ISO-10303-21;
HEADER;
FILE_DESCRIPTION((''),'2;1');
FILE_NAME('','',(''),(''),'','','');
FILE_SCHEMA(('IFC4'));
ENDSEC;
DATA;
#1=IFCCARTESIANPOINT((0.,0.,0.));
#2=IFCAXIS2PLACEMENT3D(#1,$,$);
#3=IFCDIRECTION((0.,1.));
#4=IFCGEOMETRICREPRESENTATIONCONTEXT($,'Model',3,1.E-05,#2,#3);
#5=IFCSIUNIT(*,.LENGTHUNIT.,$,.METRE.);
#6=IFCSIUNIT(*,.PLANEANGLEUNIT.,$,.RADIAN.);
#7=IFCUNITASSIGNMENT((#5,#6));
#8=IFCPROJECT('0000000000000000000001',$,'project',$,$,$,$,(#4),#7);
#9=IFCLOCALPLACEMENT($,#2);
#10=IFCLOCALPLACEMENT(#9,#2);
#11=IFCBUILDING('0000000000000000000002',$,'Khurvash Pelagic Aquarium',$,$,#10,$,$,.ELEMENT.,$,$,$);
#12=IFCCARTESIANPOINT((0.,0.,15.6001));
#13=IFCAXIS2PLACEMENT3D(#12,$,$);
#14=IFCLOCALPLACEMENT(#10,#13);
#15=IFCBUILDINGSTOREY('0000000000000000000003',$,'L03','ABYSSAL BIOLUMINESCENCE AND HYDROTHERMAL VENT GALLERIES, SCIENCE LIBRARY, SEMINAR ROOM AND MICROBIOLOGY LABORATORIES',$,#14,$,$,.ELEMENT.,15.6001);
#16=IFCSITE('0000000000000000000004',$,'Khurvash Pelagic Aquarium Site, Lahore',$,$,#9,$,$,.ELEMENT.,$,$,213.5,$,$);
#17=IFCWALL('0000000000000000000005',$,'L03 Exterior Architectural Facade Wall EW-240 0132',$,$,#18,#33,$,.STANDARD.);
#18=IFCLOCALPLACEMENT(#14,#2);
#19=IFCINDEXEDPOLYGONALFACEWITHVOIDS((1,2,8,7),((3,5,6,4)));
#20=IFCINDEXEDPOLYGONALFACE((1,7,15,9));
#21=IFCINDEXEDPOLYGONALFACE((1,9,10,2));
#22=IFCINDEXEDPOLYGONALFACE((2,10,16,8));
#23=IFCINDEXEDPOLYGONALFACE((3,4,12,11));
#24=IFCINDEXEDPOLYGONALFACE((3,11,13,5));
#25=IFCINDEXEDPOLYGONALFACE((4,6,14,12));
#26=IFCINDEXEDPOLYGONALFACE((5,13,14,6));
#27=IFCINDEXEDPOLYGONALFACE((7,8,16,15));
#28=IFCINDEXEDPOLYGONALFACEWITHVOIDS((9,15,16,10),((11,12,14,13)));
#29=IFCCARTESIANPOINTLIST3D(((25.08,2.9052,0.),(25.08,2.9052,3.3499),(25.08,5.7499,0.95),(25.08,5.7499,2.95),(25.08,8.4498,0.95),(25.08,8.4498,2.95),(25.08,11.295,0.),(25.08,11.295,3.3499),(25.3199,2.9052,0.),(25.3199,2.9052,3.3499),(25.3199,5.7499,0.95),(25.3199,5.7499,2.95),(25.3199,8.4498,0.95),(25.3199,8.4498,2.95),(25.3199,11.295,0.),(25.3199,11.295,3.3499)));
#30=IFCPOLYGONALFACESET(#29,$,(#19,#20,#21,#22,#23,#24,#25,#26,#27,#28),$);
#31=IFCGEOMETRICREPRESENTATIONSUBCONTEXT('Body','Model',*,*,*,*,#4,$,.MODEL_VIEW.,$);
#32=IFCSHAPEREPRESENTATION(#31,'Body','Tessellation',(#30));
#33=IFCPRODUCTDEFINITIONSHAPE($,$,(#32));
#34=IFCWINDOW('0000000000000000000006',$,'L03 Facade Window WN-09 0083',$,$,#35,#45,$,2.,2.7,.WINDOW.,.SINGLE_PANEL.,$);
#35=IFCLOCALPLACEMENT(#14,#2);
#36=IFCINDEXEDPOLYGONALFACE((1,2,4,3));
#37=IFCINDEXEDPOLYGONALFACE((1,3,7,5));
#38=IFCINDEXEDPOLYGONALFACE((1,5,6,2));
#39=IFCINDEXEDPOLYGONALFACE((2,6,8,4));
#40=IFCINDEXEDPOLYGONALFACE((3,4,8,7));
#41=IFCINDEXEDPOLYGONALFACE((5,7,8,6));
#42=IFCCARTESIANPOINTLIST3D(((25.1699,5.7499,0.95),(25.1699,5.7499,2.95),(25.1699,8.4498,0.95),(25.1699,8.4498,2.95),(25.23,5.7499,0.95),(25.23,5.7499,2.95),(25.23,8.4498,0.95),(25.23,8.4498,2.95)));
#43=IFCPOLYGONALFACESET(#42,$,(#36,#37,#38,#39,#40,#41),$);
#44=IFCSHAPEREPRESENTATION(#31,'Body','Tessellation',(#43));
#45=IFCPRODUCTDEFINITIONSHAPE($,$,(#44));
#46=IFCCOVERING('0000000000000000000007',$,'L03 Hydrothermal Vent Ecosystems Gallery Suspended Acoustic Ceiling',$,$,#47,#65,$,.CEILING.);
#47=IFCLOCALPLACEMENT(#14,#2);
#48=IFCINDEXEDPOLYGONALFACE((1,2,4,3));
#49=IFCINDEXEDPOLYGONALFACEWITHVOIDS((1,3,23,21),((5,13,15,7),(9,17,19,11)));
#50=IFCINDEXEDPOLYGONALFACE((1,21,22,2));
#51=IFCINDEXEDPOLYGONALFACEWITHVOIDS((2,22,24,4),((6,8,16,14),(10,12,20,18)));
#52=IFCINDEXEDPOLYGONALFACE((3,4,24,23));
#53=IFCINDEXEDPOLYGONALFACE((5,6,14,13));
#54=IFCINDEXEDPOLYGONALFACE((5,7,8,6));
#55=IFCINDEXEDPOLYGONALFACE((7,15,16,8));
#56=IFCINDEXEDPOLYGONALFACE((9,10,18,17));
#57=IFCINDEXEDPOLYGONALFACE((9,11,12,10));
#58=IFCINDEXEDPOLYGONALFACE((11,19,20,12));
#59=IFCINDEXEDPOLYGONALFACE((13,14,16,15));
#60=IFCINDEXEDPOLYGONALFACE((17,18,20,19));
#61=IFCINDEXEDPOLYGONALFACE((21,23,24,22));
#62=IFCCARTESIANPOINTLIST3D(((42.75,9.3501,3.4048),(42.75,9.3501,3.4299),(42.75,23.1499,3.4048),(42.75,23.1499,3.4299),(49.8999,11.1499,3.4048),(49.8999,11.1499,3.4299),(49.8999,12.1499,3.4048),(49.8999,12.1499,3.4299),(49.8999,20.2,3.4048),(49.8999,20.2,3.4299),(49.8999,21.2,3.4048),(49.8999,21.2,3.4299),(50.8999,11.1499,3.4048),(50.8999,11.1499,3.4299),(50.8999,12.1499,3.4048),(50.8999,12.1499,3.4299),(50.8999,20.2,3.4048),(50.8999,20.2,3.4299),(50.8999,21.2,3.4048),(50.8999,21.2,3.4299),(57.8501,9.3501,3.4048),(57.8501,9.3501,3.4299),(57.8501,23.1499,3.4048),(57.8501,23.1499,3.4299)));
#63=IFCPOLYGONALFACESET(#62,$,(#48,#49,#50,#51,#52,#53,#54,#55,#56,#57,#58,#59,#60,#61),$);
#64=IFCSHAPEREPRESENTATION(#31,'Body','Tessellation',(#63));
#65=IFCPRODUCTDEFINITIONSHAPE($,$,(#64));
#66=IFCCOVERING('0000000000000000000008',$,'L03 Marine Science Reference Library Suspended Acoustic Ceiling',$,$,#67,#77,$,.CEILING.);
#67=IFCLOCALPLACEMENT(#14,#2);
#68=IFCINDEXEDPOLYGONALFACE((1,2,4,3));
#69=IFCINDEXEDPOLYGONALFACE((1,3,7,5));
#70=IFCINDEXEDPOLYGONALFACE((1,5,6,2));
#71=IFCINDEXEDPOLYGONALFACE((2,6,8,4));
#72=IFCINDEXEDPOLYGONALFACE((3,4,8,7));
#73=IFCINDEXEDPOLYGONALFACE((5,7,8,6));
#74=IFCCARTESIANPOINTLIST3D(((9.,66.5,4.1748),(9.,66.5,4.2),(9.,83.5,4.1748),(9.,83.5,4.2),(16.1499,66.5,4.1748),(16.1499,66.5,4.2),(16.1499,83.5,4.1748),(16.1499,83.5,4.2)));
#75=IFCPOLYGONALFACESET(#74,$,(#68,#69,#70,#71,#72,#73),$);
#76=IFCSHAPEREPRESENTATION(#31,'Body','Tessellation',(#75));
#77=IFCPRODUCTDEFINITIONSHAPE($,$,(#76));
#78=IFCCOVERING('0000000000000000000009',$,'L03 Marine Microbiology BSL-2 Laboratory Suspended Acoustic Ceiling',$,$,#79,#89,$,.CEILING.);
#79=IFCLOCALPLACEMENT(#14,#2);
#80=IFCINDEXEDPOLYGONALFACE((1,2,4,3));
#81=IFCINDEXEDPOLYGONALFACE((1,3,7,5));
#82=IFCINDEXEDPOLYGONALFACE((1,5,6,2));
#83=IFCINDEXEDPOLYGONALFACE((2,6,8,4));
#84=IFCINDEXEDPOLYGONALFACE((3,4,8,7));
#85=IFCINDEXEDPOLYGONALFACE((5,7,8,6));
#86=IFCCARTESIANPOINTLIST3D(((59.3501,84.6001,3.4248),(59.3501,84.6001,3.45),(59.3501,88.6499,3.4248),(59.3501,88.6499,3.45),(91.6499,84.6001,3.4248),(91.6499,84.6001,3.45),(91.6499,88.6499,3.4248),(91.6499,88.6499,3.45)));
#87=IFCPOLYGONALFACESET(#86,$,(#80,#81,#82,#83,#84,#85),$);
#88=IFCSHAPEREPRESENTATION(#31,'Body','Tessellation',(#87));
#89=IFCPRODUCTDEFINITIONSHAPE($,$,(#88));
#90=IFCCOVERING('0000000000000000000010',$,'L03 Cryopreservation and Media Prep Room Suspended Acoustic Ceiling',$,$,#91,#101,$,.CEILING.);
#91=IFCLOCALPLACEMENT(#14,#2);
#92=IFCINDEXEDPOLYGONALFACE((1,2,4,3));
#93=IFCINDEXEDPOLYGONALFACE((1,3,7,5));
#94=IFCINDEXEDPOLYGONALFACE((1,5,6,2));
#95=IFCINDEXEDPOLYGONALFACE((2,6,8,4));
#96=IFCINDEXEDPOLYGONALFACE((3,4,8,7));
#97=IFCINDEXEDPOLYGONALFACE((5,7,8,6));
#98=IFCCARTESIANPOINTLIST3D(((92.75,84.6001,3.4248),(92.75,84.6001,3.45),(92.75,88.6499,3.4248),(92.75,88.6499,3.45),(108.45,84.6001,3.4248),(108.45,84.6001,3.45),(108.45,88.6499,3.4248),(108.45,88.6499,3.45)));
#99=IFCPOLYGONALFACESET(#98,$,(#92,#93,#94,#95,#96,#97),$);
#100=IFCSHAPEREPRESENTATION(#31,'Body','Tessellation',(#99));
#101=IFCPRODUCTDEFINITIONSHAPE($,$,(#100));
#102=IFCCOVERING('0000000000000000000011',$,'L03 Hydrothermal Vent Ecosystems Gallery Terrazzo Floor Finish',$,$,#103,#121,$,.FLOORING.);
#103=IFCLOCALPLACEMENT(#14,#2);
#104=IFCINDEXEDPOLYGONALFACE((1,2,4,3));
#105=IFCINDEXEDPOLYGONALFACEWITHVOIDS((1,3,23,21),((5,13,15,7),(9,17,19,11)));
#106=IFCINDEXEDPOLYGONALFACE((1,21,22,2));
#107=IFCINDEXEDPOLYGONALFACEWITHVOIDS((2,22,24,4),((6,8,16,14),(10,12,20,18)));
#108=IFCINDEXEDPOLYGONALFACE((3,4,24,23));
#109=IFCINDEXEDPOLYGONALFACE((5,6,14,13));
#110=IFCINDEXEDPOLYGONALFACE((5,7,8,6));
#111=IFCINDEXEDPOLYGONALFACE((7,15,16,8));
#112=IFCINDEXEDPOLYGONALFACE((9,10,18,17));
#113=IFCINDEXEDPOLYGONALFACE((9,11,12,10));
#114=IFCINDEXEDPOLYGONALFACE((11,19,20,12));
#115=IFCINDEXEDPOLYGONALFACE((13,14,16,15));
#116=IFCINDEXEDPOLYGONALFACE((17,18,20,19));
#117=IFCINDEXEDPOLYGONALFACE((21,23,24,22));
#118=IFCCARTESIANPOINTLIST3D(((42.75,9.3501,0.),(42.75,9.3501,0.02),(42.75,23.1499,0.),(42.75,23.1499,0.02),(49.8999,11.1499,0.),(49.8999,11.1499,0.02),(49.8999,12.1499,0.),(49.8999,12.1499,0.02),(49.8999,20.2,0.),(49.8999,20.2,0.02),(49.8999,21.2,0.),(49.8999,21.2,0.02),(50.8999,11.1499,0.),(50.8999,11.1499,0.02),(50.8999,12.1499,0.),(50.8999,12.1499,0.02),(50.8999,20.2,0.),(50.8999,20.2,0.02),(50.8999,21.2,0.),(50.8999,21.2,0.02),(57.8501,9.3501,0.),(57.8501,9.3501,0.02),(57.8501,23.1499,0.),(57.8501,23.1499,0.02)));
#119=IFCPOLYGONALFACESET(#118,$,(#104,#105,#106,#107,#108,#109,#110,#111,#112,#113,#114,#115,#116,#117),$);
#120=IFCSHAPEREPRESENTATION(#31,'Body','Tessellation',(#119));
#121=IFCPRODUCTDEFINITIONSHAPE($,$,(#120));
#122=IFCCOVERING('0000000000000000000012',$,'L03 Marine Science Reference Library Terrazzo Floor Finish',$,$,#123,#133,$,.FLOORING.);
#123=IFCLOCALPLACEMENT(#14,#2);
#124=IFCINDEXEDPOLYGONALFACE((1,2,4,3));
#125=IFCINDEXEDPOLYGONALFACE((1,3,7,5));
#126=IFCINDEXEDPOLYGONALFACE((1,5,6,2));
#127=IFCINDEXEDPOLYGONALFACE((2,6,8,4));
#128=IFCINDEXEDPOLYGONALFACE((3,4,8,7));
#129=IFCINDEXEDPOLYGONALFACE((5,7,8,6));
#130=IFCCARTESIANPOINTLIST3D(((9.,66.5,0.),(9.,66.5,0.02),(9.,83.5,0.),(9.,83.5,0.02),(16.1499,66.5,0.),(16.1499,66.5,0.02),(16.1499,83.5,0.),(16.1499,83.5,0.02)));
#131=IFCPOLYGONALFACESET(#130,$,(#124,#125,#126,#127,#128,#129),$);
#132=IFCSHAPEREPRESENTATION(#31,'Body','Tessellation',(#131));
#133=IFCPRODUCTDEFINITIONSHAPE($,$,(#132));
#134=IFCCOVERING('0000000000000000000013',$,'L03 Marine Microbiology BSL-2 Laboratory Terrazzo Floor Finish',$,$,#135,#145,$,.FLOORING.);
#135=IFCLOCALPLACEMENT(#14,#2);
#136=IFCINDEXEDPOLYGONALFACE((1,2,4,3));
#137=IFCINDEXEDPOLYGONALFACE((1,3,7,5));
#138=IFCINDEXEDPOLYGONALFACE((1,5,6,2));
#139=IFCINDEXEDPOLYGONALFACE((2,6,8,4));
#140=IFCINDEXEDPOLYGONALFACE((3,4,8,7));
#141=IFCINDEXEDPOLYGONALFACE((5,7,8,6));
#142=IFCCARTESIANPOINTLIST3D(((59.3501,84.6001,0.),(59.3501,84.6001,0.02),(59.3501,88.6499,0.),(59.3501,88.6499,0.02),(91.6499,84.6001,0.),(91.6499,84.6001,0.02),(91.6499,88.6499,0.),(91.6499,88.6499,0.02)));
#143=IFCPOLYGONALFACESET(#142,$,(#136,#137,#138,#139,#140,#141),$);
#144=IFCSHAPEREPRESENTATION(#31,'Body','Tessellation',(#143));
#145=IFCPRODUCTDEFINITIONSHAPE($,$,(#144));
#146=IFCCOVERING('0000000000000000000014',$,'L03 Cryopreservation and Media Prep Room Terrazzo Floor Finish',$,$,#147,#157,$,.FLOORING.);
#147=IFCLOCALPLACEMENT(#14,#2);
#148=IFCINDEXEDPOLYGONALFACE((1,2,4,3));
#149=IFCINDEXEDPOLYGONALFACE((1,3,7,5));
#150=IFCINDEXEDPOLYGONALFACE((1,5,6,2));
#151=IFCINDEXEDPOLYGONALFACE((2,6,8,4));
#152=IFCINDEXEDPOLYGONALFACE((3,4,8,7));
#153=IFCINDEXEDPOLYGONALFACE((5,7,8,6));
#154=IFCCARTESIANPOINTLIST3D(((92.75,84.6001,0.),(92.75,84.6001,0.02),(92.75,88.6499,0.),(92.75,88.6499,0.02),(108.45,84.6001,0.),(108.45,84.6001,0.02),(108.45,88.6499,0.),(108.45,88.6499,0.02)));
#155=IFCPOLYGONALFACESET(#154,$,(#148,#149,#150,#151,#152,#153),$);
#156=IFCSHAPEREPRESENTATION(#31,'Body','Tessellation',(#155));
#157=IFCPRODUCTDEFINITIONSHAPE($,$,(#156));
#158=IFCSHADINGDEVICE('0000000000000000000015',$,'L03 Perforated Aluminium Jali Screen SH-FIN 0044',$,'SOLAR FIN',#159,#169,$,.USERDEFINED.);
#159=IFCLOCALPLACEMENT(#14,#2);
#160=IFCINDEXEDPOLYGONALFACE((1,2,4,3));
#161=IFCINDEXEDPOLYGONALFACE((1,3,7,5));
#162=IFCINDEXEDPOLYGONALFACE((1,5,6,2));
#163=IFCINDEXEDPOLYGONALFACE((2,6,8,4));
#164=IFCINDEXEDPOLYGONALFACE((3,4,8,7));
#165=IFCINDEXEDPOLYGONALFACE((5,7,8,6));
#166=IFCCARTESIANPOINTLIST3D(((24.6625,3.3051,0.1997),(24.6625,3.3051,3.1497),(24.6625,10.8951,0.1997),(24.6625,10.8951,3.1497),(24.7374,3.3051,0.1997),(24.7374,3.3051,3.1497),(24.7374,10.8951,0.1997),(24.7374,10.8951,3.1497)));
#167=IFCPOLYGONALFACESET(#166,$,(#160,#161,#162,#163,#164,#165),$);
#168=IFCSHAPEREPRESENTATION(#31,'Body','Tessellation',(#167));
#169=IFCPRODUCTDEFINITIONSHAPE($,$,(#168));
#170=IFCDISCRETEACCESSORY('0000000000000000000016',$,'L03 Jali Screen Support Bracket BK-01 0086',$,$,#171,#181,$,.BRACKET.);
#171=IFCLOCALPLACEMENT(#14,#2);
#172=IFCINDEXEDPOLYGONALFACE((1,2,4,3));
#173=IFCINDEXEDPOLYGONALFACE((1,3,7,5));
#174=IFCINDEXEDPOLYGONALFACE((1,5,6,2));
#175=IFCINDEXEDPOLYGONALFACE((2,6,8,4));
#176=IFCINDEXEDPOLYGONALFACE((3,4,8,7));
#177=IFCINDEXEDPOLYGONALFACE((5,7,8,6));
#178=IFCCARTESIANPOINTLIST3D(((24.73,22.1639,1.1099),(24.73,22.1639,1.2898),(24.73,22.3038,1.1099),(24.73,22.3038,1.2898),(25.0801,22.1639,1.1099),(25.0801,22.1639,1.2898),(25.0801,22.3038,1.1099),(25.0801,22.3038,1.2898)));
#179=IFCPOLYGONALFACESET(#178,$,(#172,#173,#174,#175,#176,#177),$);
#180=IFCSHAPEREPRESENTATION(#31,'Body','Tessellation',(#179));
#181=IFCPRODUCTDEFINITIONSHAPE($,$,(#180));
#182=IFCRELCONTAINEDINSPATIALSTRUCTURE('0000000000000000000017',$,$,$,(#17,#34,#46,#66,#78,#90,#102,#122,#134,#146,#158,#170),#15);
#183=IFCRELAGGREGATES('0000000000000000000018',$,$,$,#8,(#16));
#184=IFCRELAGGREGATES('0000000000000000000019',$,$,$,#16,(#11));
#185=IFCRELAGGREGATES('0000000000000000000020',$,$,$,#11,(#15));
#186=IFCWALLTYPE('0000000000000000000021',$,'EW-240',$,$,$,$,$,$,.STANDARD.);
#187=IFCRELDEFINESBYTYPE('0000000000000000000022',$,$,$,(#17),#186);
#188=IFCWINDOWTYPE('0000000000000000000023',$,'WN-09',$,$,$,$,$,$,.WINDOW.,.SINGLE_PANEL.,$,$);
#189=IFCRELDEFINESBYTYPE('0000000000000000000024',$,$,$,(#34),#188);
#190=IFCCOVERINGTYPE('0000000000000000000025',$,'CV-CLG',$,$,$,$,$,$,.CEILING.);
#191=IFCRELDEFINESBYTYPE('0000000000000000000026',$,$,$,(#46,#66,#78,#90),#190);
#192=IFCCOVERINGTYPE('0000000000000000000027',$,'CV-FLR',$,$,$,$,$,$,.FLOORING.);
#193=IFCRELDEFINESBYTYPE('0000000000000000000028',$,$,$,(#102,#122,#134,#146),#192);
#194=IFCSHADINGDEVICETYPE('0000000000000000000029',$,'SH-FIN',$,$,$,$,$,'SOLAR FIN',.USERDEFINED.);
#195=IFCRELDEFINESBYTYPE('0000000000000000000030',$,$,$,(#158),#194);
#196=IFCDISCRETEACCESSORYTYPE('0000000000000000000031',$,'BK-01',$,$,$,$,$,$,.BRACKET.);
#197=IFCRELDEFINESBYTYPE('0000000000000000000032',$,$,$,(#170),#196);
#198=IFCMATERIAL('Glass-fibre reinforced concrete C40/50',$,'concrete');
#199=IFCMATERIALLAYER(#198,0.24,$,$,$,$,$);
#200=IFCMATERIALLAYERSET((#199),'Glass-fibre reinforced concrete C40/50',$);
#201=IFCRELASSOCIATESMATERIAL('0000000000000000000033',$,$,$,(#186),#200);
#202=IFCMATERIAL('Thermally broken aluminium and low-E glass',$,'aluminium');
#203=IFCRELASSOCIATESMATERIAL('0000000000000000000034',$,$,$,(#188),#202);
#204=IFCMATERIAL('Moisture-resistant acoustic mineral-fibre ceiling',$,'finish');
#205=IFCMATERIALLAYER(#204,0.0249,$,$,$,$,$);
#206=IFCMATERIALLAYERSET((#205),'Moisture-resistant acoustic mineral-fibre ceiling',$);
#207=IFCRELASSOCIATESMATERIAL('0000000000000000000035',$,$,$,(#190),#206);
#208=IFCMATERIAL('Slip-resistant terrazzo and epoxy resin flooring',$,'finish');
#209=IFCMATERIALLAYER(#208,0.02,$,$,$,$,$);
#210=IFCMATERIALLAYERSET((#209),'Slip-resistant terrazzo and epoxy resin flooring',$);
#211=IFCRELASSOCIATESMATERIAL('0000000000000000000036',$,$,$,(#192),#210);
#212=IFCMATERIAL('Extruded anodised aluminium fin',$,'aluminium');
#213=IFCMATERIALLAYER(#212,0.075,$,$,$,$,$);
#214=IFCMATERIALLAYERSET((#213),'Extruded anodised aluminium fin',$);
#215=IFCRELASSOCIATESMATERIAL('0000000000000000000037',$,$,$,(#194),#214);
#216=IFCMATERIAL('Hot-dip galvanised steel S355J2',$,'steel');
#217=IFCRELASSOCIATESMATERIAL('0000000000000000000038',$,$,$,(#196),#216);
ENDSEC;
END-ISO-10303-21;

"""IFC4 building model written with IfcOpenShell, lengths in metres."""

from ifc_helpers import new_model, si_unit, direction, frame, frame_2d, origin, origin_2d, place, context, subcontext, project, spatial, polyline, rectangle, outline, extrude, material, layer, layer_set, type_object, element, fill, save


model = new_model("IFC4")

# Units and contexts
model_context = context("Model", 3, precision=1e-05, world=origin(), true_north=direction((0.0, 1.0)))
body_context = subcontext(model_context, "Body", "Model", "MODEL_VIEW")
ifc_project = project(units=[si_unit("LENGTHUNIT", "METRE"), si_unit("PLANEANGLEUNIT", "RADIAN")], contexts=[model_context])

# Site, building, storey
site_placement = place(None, origin())
site = spatial("IfcSite", under=ifc_project, at=site_placement, Name="Khurvash Pelagic Aquarium Site, Lahore", CompositionType="ELEMENT", RefElevation=213.5)
building_placement = place(site_placement, origin())
building = spatial("IfcBuilding", under=site, at=building_placement, Name="Khurvash Pelagic Aquarium", CompositionType="ELEMENT")
storey_placement = place(building_placement, frame((0.0, 0.0, 15.6001)))
storey = spatial("IfcBuildingStorey", under=building, at=storey_placement, Name="L03", Description="ABYSSAL BIOLUMINESCENCE AND HYDROTHERMAL VENT GALLERIES, SCIENCE LIBRARY, SEMINAR ROOM AND MICROBIOLOGY LABORATORIES", CompositionType="ELEMENT", Elevation=15.6001)

# Wall, opening, window
ifc_material_1 = material(Name="Glass-fibre reinforced concrete C40/50", Category="concrete")
ifc_layer_1 = layer(ifc_material_1, 0.24)
ifc_layer_set_1 = layer_set([ifc_layer_1], Name="Glass-fibre reinforced concrete C40/50")
wall_type = type_object("IfcWallType", Name="EW-240", PredefinedType="STANDARD", material=ifc_layer_set_1)
ifc_material_2 = material(Name="Thermally broken aluminium and low-E glass", Category="aluminium")
wall_1_placement = place(storey_placement, frame((25.2, 11.2949, 0.0), z_axis=(0.0, 0.0, 1.0), x_axis=(0.0, -1.0, 0.0)))
wall_1 = element("IfcWall", 1, at=wall_1_placement, inside=storey, type_object=wall_type, Name="L03 Exterior Architectural Facade Wall EW-240 0132", PredefinedType="STANDARD", context=body_context, shape_type="SweptSolid", body=[
    extrude(rectangle(XDim=8.3899, YDim=0.24, at=frame_2d((4.1948, 0.0))), origin(), (0.0, 0.0, 1.0), 3.3499),
])
opening_1_placement = place(wall_1_placement, frame((2.845, 0.0, 0.95)))
opening_1 = element("IfcOpeningElement", 2, at=opening_1_placement, cuts=wall_1, PredefinedType="OPENING", context=body_context, shape_type="SweptSolid", body=[
    extrude(rectangle(XDim=2.7, YDim=2.0, at=frame_2d((1.3501, 1.0))), frame((0.0, 0.1299, 0.0), z_axis=(0.0, -1.0, 0.0), x_axis=(1.0, 0.0, 0.0)), (0.0, 0.0, 1.0), 0.26),
])
window_type_1 = type_object("IfcWindowType", Name="WN-09", PartitioningType="SINGLE_PANEL", PredefinedType="WINDOW", material=ifc_material_2)
window_1_placement = place(opening_1_placement, origin())
window_1 = element("IfcWindow", 3, at=window_1_placement, inside=storey, type_object=window_type_1, Name="L03 Facade Window WN-09 0083", OverallHeight=2.0, OverallWidth=2.7, PartitioningType="SINGLE_PANEL", PredefinedType="WINDOW", context=body_context, shape_type="SweptSolid", body=[
    extrude(rectangle(XDim=2.7, YDim=2.0, at=frame_2d((1.3501, 1.0))), frame((0.0, 0.03, 0.0), z_axis=(0.0, -1.0, 0.0), x_axis=(1.0, 0.0, 0.0)), (0.0, 0.0, 1.0), 0.0601),
])
fill(opening_1, window_1)

# Coverings
ifc_material_3 = material(Name="Moisture-resistant acoustic mineral-fibre ceiling", Category="finish")
ifc_layer_2 = layer(ifc_material_3, 0.0249)
ifc_layer_set_2 = layer_set([ifc_layer_2], Name="Moisture-resistant acoustic mineral-fibre ceiling")
covering_type_1 = type_object("IfcCoveringType", Name="CV-CLG", PredefinedType="CEILING", material=ifc_layer_set_2)
covering_1_placement = place(storey_placement, frame((0.0, 0.0, 3.4048)))
element("IfcCovering", 4, at=covering_1_placement, inside=storey, type_object=covering_type_1, Name="L03 Hydrothermal Vent Ecosystems Gallery Suspended Acoustic Ceiling", PredefinedType="CEILING", context=body_context, shape_type="SweptSolid", body=[
    extrude(outline(polyline([(42.75, 23.1499), (42.75, 9.3501), (57.8501, 9.3501), (57.8501, 23.1499), (42.75, 23.1499)]), holes=[polyline([(50.8999, 12.1499), (50.8999, 11.1499), (49.8999, 11.1499), (49.8999, 12.1499), (50.8999, 12.1499)]), polyline([(50.8999, 20.2), (49.8999, 20.2), (49.8999, 21.2), (50.8999, 21.2), (50.8999, 20.2)])]), origin(), (0.0, 0.0, 1.0), 0.0251),
])
covering_2_placement = place(storey_placement, frame((0.0, 0.0, 4.1748)))
element("IfcCovering", 5, at=covering_2_placement, inside=storey, type_object=covering_type_1, Name="L03 Marine Science Reference Library Suspended Acoustic Ceiling", PredefinedType="CEILING", context=body_context, shape_type="SweptSolid", body=[
    extrude(outline(polyline([(16.1499, 66.5), (16.1499, 83.5), (9.0, 83.5), (9.0, 66.5), (16.1499, 66.5)])), origin(), (0.0, 0.0, 1.0), 0.0251),
])
covering_3_placement = place(storey_placement, frame((0.0, 0.0, 3.4248)))
element("IfcCovering", 6, at=covering_3_placement, inside=storey, type_object=covering_type_1, Name="L03 Marine Microbiology BSL-2 Laboratory Suspended Acoustic Ceiling", PredefinedType="CEILING", context=body_context, shape_type="SweptSolid", body=[
    extrude(outline(polyline([(91.6499, 84.6001), (91.6499, 88.6499), (59.3501, 88.6499), (59.3501, 84.6001), (91.6499, 84.6001)])), origin(), (0.0, 0.0, 1.0), 0.0251),
])
covering_4_placement = place(storey_placement, frame((0.0, 0.0, 3.4248)))
element("IfcCovering", 7, at=covering_4_placement, inside=storey, type_object=covering_type_1, Name="L03 Cryopreservation and Media Prep Room Suspended Acoustic Ceiling", PredefinedType="CEILING", context=body_context, shape_type="SweptSolid", body=[
    extrude(outline(polyline([(108.45, 84.6001), (108.45, 88.6499), (92.75, 88.6499), (92.75, 84.6001), (108.45, 84.6001)])), origin(), (0.0, 0.0, 1.0), 0.0251),
])
ifc_material_4 = material(Name="Slip-resistant terrazzo and epoxy resin flooring", Category="finish")
ifc_layer_3 = layer(ifc_material_4, 0.02)
ifc_layer_set_3 = layer_set([ifc_layer_3], Name="Slip-resistant terrazzo and epoxy resin flooring")
covering_type_2 = type_object("IfcCoveringType", Name="CV-FLR", PredefinedType="FLOORING", material=ifc_layer_set_3)
covering_5_placement = place(storey_placement, origin())
element("IfcCovering", 8, at=covering_5_placement, inside=storey, type_object=covering_type_2, Name="L03 Hydrothermal Vent Ecosystems Gallery Terrazzo Floor Finish", PredefinedType="FLOORING", context=body_context, shape_type="SweptSolid", body=[
    extrude(outline(polyline([(42.75, 23.1499), (42.75, 9.3501), (57.8501, 9.3501), (57.8501, 23.1499), (42.75, 23.1499)]), holes=[polyline([(50.8999, 12.1499), (50.8999, 11.1499), (49.8999, 11.1499), (49.8999, 12.1499), (50.8999, 12.1499)]), polyline([(50.8999, 20.2), (49.8999, 20.2), (49.8999, 21.2), (50.8999, 21.2), (50.8999, 20.2)])]), origin(), (0.0, 0.0, 1.0), 0.02),
])
covering_6_placement = place(storey_placement, origin())
element("IfcCovering", 9, at=covering_6_placement, inside=storey, type_object=covering_type_2, Name="L03 Marine Science Reference Library Terrazzo Floor Finish", PredefinedType="FLOORING", context=body_context, shape_type="SweptSolid", body=[
    extrude(outline(polyline([(16.1499, 66.5), (16.1499, 83.5), (9.0, 83.5), (9.0, 66.5), (16.1499, 66.5)])), origin(), (0.0, 0.0, 1.0), 0.02),
])
covering_7_placement = place(storey_placement, origin())
element("IfcCovering", 10, at=covering_7_placement, inside=storey, type_object=covering_type_2, Name="L03 Marine Microbiology BSL-2 Laboratory Terrazzo Floor Finish", PredefinedType="FLOORING", context=body_context, shape_type="SweptSolid", body=[
    extrude(outline(polyline([(91.6499, 84.6001), (91.6499, 88.6499), (59.3501, 88.6499), (59.3501, 84.6001), (91.6499, 84.6001)])), origin(), (0.0, 0.0, 1.0), 0.02),
])
covering_8_placement = place(storey_placement, origin())
element("IfcCovering", 11, at=covering_8_placement, inside=storey, type_object=covering_type_2, Name="L03 Cryopreservation and Media Prep Room Terrazzo Floor Finish", PredefinedType="FLOORING", context=body_context, shape_type="SweptSolid", body=[
    extrude(outline(polyline([(108.45, 84.6001), (108.45, 88.6499), (92.75, 88.6499), (92.75, 84.6001), (108.45, 84.6001)])), origin(), (0.0, 0.0, 1.0), 0.02),
])

# Shading device
ifc_material_5 = material(Name="Extruded anodised aluminium fin", Category="aluminium")
ifc_layer_4 = layer(ifc_material_5, 0.075)
ifc_layer_set_4 = layer_set([ifc_layer_4], Name="Extruded anodised aluminium fin")
shading_device_type = type_object("IfcShadingDeviceType", Name="SH-FIN", ElementType="SOLAR FIN", PredefinedType="USERDEFINED", material=ifc_layer_set_4)
shading_device_placement = place(storey_placement, frame((24.7, 7.1001, 0.1997), z_axis=(0.0, 0.0, 1.0), x_axis=(0.0, -1.0, 0.0)))
element("IfcShadingDevice", 12, at=shading_device_placement, inside=storey, type_object=shading_device_type, Name="L03 Perforated Aluminium Jali Screen SH-FIN 0044", ObjectType="SOLAR FIN", PredefinedType="USERDEFINED", context=body_context, shape_type="SweptSolid", body=[
    extrude(rectangle(XDim=7.5901, YDim=0.075, at=origin_2d()), origin(), (0.0, 0.0, 1.0), 2.95),
])

# Discrete accessory
ifc_material_6 = material(Name="Hot-dip galvanised steel S355J2", Category="steel")
discrete_accessory_type = type_object("IfcDiscreteAccessoryType", Name="BK-01", PredefinedType="BRACKET", material=ifc_material_6)
for number, where, z_axis, x_axis, name in (
    (13, (24.905, 22.2339, 1.1099), (0.0, 0.0, 1.0), (0.0, -1.0, 0.0), "L03 Jali Screen Support Bracket BK-01 0086"),
):
    element("IfcDiscreteAccessory", number, at=place(storey_placement, frame(where, z_axis=z_axis, x_axis=x_axis)), inside=storey, type_object=discrete_accessory_type, Name=name, PredefinedType="BRACKET", context=body_context, shape_type="SweptSolid", body=[
        extrude(rectangle(XDim=0.1399, YDim=0.3501, at=origin_2d()), origin(), (0.0, 0.0, 1.0), 0.1799),
    ])

save(model, "model.ifc")
